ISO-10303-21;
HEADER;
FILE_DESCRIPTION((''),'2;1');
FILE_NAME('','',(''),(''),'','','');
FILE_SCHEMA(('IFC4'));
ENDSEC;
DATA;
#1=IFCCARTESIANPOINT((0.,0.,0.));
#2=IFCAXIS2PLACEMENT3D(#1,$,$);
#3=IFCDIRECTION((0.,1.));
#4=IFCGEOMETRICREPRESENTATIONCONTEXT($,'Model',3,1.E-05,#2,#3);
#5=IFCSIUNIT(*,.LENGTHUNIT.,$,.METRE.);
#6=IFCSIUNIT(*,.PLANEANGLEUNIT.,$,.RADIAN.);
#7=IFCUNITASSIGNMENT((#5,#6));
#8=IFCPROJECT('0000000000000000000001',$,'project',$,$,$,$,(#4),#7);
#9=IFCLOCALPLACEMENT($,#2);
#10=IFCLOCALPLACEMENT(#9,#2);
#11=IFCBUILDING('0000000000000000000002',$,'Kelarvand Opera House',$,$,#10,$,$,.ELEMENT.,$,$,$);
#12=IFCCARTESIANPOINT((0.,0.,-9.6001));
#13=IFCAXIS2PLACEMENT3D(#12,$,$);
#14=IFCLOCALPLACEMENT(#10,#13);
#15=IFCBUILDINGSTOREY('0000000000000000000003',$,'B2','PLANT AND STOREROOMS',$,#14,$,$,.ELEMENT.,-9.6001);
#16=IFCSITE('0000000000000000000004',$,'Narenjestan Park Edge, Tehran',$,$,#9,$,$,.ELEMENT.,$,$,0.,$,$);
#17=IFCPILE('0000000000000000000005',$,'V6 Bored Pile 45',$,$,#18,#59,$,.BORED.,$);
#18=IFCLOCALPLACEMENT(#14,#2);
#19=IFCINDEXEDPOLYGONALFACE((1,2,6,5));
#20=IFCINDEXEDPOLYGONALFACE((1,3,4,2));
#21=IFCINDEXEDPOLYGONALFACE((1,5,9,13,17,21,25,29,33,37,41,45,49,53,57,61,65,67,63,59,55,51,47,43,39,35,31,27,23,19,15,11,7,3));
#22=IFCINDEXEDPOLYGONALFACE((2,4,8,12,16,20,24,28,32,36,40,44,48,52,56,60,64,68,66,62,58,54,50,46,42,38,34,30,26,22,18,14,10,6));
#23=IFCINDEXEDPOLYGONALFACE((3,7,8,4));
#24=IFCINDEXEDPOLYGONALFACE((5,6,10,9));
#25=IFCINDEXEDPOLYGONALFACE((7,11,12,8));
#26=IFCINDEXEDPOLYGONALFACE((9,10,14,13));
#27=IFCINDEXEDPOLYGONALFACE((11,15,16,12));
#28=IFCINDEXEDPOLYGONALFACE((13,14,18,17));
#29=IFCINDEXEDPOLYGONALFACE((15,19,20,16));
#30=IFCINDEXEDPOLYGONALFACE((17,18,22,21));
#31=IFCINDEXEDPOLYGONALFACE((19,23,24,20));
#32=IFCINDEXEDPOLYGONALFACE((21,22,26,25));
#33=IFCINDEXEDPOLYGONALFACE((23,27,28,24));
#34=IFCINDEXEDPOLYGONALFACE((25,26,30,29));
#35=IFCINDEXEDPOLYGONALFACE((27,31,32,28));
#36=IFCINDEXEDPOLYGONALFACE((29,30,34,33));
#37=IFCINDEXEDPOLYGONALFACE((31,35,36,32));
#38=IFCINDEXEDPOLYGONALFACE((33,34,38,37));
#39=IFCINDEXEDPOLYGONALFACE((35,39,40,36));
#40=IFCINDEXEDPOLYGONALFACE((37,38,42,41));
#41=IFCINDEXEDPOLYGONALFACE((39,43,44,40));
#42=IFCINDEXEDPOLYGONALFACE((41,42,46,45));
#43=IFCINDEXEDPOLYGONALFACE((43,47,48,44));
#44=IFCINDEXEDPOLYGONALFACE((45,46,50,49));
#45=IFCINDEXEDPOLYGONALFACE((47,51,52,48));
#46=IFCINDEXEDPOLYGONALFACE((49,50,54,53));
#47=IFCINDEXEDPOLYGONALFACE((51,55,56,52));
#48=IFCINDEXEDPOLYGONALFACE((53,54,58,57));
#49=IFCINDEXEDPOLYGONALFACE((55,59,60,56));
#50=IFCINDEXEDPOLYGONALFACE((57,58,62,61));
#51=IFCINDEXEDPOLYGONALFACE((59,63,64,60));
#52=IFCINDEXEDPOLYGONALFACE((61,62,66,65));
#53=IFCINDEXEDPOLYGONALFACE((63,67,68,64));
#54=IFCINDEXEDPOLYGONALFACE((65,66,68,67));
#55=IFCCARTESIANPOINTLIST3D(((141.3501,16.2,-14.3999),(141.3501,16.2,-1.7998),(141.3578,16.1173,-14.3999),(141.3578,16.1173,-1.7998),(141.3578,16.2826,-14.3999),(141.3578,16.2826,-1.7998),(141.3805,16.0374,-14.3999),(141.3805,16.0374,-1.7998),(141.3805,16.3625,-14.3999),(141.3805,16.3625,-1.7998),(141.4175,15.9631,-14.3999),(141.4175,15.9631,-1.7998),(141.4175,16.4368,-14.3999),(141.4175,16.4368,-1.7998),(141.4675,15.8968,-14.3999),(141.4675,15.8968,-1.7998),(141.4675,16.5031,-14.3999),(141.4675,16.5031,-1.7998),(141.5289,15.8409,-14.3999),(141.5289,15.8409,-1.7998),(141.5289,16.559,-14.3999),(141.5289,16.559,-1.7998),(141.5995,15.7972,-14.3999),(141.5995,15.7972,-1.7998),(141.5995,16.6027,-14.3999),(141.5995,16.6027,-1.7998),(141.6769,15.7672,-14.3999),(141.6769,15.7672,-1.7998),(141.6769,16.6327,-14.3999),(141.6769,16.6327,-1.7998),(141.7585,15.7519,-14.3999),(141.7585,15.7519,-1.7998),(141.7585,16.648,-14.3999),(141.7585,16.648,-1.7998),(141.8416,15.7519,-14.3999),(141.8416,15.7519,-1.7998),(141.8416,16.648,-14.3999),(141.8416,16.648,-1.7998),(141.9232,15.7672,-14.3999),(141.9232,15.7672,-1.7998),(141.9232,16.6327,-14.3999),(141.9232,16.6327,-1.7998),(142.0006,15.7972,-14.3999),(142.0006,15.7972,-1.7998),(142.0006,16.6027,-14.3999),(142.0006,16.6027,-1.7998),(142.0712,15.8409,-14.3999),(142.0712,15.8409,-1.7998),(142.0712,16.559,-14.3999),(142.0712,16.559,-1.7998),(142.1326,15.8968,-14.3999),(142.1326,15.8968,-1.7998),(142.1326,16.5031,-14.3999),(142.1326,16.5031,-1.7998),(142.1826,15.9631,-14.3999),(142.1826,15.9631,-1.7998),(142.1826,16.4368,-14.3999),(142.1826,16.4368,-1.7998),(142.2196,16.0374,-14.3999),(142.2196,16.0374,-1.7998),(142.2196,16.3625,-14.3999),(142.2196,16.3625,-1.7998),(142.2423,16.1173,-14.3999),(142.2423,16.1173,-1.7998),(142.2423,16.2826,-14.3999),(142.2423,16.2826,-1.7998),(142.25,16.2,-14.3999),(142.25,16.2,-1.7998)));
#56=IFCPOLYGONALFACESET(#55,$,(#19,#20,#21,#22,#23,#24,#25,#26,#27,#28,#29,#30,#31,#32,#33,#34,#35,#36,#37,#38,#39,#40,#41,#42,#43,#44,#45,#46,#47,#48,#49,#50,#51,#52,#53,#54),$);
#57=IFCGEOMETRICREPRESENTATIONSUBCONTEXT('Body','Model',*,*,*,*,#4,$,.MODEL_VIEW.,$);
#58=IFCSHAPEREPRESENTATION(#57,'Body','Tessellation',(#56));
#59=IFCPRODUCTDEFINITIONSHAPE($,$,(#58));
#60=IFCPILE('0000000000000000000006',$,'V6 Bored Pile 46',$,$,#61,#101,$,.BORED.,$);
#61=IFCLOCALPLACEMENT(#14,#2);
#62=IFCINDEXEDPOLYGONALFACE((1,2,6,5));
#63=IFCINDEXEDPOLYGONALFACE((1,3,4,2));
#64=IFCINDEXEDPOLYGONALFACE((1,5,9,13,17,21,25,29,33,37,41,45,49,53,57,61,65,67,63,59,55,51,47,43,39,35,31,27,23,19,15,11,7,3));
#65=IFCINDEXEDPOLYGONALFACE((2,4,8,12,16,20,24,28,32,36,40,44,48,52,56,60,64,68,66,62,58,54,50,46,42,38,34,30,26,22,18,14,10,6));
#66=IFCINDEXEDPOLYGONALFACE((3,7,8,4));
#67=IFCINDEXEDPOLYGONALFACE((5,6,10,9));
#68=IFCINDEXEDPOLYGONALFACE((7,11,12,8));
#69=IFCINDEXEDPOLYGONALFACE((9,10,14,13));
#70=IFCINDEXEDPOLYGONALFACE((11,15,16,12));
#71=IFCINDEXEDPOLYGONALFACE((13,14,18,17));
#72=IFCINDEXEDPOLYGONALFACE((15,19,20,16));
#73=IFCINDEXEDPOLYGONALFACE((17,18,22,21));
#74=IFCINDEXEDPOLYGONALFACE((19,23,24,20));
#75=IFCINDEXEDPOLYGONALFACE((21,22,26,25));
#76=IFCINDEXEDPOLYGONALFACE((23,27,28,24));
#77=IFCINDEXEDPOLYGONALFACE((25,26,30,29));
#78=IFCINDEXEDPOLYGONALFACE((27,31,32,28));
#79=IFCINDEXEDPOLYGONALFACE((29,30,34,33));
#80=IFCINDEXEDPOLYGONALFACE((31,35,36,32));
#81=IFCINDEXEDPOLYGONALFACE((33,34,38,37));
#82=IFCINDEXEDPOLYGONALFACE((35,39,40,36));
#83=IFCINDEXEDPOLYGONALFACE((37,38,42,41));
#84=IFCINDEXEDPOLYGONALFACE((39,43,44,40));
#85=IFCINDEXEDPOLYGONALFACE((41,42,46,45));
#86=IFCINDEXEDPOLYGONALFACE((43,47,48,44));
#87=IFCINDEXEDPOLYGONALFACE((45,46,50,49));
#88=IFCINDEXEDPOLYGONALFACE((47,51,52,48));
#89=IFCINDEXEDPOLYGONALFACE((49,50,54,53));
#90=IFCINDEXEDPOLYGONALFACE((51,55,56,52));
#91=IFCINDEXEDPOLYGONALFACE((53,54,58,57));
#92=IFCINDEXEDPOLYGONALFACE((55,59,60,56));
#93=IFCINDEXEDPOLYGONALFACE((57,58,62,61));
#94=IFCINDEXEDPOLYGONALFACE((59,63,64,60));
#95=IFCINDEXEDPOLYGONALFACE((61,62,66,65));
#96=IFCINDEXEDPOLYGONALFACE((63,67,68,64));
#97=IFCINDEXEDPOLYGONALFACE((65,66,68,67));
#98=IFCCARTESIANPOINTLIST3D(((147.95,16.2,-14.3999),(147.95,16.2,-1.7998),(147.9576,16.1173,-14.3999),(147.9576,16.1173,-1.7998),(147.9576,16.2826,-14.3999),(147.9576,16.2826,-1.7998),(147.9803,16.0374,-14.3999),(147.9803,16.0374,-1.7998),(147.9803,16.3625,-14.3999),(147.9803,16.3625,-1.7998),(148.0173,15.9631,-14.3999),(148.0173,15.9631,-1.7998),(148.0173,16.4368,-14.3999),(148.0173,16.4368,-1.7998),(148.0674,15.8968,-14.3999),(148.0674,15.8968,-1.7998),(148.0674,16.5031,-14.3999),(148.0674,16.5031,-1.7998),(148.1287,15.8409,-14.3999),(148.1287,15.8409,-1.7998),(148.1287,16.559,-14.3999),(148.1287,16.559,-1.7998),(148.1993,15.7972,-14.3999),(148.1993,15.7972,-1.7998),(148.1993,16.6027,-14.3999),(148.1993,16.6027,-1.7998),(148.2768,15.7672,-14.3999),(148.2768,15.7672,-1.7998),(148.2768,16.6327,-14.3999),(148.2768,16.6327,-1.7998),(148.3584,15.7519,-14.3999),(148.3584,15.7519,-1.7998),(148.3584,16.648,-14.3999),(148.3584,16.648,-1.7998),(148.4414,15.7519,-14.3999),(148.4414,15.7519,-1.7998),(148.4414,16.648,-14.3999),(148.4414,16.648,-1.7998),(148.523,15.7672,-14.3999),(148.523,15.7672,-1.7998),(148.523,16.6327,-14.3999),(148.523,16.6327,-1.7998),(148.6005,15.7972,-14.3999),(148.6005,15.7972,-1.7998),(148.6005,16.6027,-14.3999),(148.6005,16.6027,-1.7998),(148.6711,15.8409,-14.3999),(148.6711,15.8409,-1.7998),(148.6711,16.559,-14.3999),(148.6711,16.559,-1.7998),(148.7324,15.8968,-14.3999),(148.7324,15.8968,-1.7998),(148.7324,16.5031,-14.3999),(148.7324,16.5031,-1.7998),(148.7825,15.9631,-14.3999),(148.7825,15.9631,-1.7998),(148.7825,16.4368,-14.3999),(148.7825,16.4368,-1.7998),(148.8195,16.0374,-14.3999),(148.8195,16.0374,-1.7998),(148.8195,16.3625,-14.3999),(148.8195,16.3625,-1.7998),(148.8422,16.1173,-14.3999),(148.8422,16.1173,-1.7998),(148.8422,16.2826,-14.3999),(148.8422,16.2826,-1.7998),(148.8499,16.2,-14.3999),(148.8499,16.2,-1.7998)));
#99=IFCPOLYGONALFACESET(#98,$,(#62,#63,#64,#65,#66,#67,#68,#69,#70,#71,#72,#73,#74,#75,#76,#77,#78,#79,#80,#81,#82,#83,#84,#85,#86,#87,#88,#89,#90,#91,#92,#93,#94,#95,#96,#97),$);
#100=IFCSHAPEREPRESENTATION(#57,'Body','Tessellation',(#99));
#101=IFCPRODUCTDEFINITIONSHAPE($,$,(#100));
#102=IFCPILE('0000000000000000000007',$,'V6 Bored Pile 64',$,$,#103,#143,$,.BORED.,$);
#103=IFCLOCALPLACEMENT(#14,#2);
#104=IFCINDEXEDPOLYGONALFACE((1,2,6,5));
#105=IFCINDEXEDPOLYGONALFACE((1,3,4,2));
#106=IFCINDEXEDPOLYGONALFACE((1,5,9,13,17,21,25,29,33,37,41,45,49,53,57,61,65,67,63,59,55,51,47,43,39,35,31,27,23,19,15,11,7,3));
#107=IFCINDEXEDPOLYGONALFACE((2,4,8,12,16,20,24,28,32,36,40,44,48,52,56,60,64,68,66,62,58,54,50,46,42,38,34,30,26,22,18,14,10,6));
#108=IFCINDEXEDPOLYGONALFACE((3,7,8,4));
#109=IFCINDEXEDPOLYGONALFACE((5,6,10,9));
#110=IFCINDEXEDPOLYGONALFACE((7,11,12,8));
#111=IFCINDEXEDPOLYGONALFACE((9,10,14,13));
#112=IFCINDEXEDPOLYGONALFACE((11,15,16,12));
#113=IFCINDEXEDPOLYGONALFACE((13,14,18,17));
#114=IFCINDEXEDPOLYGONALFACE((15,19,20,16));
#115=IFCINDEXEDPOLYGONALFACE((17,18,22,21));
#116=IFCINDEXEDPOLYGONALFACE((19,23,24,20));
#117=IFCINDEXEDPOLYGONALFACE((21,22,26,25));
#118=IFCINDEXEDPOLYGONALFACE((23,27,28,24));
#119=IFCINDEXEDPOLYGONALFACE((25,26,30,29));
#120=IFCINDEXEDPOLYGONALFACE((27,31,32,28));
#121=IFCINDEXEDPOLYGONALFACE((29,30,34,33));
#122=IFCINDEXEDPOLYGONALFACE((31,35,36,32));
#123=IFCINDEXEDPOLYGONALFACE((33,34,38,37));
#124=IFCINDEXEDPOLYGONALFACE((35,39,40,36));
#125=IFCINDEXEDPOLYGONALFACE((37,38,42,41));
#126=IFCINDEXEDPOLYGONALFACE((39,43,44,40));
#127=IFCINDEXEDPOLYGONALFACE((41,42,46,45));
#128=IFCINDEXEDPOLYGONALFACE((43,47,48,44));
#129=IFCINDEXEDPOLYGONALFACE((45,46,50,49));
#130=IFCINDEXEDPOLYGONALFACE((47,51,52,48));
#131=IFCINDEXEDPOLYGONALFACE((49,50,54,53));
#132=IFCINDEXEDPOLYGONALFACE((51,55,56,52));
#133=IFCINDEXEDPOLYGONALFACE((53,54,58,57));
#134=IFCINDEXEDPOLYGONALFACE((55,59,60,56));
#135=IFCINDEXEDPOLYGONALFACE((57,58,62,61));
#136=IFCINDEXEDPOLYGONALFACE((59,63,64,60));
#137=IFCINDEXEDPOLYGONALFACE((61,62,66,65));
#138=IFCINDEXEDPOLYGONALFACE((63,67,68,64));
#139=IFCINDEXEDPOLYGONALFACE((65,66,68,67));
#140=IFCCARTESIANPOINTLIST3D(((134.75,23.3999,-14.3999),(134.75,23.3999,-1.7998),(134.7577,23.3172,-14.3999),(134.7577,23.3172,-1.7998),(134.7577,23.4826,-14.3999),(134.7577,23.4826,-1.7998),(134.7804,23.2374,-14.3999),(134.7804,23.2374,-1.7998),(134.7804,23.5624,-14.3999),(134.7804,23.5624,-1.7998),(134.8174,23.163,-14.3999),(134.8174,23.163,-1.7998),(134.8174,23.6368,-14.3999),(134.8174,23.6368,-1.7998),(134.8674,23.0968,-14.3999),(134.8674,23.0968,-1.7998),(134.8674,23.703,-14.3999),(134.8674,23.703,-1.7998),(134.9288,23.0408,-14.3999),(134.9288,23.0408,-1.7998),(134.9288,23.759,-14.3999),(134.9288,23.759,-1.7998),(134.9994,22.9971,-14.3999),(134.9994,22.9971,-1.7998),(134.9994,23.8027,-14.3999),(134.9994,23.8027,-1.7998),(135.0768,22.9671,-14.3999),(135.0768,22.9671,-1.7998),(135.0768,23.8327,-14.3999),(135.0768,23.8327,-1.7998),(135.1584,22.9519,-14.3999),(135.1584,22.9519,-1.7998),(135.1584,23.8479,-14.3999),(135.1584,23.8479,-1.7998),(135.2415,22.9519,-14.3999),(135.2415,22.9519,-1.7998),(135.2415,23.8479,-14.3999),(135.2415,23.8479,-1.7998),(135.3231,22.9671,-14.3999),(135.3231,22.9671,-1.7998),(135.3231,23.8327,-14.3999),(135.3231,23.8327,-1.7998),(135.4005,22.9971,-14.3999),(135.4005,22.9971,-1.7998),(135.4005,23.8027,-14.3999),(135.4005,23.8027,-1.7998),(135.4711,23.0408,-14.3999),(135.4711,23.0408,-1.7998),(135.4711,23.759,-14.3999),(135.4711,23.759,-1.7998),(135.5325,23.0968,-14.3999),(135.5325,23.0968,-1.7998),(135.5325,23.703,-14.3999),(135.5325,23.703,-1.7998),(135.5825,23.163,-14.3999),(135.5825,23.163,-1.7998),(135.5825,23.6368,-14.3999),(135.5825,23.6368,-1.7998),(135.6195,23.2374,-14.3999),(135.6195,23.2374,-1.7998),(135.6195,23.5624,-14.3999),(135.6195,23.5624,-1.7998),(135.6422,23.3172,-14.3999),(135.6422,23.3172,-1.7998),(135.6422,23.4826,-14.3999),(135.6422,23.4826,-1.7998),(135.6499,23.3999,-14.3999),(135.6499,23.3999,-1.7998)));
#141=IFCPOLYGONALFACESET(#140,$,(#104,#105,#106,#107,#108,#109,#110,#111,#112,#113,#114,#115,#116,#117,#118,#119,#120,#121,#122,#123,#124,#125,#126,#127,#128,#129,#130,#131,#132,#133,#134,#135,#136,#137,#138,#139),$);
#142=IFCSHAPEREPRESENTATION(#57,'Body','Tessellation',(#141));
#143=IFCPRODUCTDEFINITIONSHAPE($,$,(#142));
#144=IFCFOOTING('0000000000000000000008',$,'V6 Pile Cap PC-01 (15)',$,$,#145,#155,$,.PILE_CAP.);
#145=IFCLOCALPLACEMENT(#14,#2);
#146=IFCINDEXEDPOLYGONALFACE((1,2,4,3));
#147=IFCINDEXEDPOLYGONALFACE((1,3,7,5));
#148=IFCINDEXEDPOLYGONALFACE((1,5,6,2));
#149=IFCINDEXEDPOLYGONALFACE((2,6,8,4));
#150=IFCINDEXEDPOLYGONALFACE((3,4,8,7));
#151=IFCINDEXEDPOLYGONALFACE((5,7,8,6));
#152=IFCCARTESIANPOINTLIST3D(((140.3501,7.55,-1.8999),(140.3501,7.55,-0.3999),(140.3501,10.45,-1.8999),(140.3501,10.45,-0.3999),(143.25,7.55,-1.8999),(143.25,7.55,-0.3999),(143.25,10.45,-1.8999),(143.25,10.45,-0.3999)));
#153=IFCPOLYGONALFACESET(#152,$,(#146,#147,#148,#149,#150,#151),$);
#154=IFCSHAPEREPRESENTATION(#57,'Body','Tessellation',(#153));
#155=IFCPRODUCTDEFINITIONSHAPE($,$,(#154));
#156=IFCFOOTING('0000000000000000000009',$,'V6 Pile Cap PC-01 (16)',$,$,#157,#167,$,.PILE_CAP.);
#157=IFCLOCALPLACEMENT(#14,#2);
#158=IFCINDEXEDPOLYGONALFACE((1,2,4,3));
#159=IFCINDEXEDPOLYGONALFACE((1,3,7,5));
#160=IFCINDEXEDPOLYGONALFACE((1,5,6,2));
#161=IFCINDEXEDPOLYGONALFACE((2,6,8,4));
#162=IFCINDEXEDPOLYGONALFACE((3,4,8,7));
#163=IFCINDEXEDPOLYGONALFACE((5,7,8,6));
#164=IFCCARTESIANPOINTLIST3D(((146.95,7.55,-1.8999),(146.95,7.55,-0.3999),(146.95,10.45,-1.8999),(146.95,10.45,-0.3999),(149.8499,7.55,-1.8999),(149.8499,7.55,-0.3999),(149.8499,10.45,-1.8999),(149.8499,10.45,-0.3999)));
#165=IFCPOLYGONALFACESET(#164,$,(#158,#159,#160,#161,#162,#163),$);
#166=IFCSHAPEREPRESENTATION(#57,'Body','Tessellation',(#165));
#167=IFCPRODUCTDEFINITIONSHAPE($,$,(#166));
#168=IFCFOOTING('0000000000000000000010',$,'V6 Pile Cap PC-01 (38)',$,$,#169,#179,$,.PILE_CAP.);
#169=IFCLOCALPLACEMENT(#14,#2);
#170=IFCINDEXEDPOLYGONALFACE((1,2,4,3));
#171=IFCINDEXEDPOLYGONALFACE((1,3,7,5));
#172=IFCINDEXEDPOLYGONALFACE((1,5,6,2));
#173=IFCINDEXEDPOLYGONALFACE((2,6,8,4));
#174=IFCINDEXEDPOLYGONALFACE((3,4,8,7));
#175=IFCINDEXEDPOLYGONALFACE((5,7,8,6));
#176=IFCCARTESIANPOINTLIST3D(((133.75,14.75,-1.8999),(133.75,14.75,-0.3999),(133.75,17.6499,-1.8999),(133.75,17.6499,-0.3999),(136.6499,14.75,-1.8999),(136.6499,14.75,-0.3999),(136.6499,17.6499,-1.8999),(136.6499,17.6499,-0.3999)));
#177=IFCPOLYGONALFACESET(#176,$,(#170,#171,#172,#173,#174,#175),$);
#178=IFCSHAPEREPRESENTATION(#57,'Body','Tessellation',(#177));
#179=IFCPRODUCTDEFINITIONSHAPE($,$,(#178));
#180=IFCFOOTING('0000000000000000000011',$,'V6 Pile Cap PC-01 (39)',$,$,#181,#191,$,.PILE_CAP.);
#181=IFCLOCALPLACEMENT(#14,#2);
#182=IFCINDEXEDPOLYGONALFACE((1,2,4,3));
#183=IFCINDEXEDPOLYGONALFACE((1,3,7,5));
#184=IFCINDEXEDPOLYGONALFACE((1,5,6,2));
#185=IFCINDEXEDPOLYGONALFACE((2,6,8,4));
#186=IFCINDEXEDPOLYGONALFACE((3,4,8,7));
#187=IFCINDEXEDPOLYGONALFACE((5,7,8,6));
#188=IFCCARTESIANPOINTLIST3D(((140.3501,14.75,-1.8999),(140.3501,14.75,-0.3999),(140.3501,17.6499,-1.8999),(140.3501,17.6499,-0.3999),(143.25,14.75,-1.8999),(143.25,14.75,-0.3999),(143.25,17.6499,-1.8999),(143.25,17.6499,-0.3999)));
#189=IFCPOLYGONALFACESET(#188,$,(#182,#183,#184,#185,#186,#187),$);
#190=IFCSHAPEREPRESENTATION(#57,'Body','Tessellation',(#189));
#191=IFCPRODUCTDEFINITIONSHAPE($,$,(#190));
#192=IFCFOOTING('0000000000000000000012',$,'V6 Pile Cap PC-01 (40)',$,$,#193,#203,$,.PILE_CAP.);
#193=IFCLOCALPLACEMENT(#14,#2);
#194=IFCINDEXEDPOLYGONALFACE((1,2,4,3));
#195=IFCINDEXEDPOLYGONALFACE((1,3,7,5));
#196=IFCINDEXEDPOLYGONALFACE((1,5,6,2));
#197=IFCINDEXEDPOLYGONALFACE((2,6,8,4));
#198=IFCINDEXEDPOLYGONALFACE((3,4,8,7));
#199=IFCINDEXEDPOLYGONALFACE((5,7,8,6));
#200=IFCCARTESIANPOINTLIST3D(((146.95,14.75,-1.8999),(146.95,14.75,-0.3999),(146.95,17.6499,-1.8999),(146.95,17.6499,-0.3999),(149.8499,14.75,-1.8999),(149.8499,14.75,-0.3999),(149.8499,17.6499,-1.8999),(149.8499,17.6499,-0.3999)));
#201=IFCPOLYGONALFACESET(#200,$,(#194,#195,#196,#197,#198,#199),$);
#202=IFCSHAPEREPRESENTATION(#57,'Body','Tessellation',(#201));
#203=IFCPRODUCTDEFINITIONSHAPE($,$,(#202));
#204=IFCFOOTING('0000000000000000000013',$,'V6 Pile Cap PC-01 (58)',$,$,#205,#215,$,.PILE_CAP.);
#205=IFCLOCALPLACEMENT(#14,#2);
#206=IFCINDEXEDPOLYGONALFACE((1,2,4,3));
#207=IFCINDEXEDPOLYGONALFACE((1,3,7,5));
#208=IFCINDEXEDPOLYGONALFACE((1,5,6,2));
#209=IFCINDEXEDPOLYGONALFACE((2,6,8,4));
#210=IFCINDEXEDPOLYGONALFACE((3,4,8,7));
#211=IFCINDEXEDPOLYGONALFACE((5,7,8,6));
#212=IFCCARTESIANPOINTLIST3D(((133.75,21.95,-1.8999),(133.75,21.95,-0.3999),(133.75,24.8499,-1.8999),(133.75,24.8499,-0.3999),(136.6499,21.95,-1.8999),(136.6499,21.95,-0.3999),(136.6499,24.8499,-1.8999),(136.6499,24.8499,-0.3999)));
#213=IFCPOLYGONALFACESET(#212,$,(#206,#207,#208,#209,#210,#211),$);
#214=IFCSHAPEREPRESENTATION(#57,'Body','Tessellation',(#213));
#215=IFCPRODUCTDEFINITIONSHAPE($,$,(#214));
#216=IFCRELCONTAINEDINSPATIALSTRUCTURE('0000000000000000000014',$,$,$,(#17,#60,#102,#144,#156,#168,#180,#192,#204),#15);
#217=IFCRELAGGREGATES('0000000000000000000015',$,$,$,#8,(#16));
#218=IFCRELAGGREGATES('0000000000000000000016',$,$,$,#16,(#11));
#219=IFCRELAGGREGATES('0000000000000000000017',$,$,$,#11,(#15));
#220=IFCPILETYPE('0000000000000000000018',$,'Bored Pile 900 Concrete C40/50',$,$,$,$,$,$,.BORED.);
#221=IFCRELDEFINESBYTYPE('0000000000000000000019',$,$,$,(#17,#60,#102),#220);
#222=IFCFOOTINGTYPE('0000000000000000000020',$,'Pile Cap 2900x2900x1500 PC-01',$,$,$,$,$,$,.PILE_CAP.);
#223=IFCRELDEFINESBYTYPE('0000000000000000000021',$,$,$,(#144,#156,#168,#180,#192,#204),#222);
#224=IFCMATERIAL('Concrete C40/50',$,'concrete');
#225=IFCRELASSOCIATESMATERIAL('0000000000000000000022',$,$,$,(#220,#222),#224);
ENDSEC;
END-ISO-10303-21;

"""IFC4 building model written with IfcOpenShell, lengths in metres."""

from ifc_helpers import new_model, si_unit, direction, frame, origin, origin_2d, place, context, subcontext, project, spatial, rectangle, circle, extrude, material, material_profile, profile_set, type_object, element, save


model = new_model("IFC4")

# Units and contexts
model_context = context("Model", 3, precision=1e-05, world=origin(), true_north=direction((0.0, 1.0)))
body_context = subcontext(model_context, "Body", "Model", "MODEL_VIEW")
ifc_project = project(units=[si_unit("LENGTHUNIT", "METRE"), si_unit("PLANEANGLEUNIT", "RADIAN")], contexts=[model_context])

# Site, building, storey
site_placement = place(None, origin())
site = spatial("IfcSite", under=ifc_project, at=site_placement, Name="Narenjestan Park Edge, Tehran", CompositionType="ELEMENT", RefElevation=0.0)
building_placement = place(site_placement, origin())
building = spatial("IfcBuilding", under=site, at=building_placement, Name="Kelarvand Opera House", CompositionType="ELEMENT")
storey_placement = place(building_placement, frame((0.0, 0.0, -9.6001)))
storey = spatial("IfcBuildingStorey", under=building, at=storey_placement, Name="B2", Description="PLANT AND STOREROOMS", CompositionType="ELEMENT", Elevation=-9.6001)

# Piles
ifc_material_1 = material(Name="Concrete C40/50", Category="concrete")
ifc_material_profile_1 = material_profile(ifc_material_1, circle(Radius=0.45, at=origin_2d()), Name="BP 900", Category="concrete")
ifc_profile_set_1 = profile_set([ifc_material_profile_1], Name="Concrete C40/50")
pile_type = type_object("IfcPileType", Name="Bored Pile 900 Concrete C40/50", PredefinedType="BORED", material=ifc_profile_set_1)
for number, where, z_axis, x_axis, name in (
    (1, (141.8, 16.2, -1.7998), (0.0, 0.0, -1.0), (1.0, 0.0, 0.0), "V6 Bored Pile 45"),
    (2, (148.3999, 16.2, -1.7998), (0.0, 0.0, -1.0), (1.0, 0.0, 0.0), "V6 Bored Pile 46"),
    (3, (135.2, 23.3999, -1.7998), (0.0, 0.0, -1.0), (1.0, 0.0, 0.0), "V6 Bored Pile 64"),
):
    element("IfcPile", number, at=place(storey_placement, frame(where, z_axis=z_axis, x_axis=x_axis)), inside=storey, type_object=pile_type, Name=name, PredefinedType="BORED", context=body_context, shape_type="SweptSolid", body=[
        extrude(circle(Radius=0.45, at=origin_2d()), origin(), (0.0, 0.0, 1.0), 12.6001),
    ])

# Footings
footing_type_1 = type_object("IfcFootingType", Name="Pile Cap 2900x2900x1500 PC-01", PredefinedType="PILE_CAP", material=ifc_material_1)
for number, where, z_axis, x_axis, name in (
    (4, (141.8, 9.0, -1.8999), (0.0, 0.0, 1.0), (1.0, 0.0, 0.0), "V6 Pile Cap PC-01 (15)"),
    (5, (148.3999, 9.0, -1.8999), (0.0, 0.0, 1.0), (1.0, 0.0, 0.0), "V6 Pile Cap PC-01 (16)"),
    (6, (135.2, 16.2, -1.8999), (0.0, 0.0, 1.0), (1.0, 0.0, 0.0), "V6 Pile Cap PC-01 (38)"),
    (7, (141.8, 16.2, -1.8999), (0.0, 0.0, 1.0), (1.0, 0.0, 0.0), "V6 Pile Cap PC-01 (39)"),
    (8, (148.3999, 16.2, -1.8999), (0.0, 0.0, 1.0), (1.0, 0.0, 0.0), "V6 Pile Cap PC-01 (40)"),
    (9, (135.2, 23.3999, -1.8999), (0.0, 0.0, 1.0), (1.0, 0.0, 0.0), "V6 Pile Cap PC-01 (58)"),
):
    element("IfcFooting", number, at=place(storey_placement, frame(where, z_axis=z_axis, x_axis=x_axis)), inside=storey, type_object=footing_type_1, Name=name, PredefinedType="PILE_CAP", context=body_context, shape_type="SweptSolid", body=[
        extrude(rectangle(XDim=2.8999, YDim=2.8999, at=origin_2d()), origin(), (0.0, 0.0, 1.0), 1.5),
    ])

save(model, "model.ifc")
